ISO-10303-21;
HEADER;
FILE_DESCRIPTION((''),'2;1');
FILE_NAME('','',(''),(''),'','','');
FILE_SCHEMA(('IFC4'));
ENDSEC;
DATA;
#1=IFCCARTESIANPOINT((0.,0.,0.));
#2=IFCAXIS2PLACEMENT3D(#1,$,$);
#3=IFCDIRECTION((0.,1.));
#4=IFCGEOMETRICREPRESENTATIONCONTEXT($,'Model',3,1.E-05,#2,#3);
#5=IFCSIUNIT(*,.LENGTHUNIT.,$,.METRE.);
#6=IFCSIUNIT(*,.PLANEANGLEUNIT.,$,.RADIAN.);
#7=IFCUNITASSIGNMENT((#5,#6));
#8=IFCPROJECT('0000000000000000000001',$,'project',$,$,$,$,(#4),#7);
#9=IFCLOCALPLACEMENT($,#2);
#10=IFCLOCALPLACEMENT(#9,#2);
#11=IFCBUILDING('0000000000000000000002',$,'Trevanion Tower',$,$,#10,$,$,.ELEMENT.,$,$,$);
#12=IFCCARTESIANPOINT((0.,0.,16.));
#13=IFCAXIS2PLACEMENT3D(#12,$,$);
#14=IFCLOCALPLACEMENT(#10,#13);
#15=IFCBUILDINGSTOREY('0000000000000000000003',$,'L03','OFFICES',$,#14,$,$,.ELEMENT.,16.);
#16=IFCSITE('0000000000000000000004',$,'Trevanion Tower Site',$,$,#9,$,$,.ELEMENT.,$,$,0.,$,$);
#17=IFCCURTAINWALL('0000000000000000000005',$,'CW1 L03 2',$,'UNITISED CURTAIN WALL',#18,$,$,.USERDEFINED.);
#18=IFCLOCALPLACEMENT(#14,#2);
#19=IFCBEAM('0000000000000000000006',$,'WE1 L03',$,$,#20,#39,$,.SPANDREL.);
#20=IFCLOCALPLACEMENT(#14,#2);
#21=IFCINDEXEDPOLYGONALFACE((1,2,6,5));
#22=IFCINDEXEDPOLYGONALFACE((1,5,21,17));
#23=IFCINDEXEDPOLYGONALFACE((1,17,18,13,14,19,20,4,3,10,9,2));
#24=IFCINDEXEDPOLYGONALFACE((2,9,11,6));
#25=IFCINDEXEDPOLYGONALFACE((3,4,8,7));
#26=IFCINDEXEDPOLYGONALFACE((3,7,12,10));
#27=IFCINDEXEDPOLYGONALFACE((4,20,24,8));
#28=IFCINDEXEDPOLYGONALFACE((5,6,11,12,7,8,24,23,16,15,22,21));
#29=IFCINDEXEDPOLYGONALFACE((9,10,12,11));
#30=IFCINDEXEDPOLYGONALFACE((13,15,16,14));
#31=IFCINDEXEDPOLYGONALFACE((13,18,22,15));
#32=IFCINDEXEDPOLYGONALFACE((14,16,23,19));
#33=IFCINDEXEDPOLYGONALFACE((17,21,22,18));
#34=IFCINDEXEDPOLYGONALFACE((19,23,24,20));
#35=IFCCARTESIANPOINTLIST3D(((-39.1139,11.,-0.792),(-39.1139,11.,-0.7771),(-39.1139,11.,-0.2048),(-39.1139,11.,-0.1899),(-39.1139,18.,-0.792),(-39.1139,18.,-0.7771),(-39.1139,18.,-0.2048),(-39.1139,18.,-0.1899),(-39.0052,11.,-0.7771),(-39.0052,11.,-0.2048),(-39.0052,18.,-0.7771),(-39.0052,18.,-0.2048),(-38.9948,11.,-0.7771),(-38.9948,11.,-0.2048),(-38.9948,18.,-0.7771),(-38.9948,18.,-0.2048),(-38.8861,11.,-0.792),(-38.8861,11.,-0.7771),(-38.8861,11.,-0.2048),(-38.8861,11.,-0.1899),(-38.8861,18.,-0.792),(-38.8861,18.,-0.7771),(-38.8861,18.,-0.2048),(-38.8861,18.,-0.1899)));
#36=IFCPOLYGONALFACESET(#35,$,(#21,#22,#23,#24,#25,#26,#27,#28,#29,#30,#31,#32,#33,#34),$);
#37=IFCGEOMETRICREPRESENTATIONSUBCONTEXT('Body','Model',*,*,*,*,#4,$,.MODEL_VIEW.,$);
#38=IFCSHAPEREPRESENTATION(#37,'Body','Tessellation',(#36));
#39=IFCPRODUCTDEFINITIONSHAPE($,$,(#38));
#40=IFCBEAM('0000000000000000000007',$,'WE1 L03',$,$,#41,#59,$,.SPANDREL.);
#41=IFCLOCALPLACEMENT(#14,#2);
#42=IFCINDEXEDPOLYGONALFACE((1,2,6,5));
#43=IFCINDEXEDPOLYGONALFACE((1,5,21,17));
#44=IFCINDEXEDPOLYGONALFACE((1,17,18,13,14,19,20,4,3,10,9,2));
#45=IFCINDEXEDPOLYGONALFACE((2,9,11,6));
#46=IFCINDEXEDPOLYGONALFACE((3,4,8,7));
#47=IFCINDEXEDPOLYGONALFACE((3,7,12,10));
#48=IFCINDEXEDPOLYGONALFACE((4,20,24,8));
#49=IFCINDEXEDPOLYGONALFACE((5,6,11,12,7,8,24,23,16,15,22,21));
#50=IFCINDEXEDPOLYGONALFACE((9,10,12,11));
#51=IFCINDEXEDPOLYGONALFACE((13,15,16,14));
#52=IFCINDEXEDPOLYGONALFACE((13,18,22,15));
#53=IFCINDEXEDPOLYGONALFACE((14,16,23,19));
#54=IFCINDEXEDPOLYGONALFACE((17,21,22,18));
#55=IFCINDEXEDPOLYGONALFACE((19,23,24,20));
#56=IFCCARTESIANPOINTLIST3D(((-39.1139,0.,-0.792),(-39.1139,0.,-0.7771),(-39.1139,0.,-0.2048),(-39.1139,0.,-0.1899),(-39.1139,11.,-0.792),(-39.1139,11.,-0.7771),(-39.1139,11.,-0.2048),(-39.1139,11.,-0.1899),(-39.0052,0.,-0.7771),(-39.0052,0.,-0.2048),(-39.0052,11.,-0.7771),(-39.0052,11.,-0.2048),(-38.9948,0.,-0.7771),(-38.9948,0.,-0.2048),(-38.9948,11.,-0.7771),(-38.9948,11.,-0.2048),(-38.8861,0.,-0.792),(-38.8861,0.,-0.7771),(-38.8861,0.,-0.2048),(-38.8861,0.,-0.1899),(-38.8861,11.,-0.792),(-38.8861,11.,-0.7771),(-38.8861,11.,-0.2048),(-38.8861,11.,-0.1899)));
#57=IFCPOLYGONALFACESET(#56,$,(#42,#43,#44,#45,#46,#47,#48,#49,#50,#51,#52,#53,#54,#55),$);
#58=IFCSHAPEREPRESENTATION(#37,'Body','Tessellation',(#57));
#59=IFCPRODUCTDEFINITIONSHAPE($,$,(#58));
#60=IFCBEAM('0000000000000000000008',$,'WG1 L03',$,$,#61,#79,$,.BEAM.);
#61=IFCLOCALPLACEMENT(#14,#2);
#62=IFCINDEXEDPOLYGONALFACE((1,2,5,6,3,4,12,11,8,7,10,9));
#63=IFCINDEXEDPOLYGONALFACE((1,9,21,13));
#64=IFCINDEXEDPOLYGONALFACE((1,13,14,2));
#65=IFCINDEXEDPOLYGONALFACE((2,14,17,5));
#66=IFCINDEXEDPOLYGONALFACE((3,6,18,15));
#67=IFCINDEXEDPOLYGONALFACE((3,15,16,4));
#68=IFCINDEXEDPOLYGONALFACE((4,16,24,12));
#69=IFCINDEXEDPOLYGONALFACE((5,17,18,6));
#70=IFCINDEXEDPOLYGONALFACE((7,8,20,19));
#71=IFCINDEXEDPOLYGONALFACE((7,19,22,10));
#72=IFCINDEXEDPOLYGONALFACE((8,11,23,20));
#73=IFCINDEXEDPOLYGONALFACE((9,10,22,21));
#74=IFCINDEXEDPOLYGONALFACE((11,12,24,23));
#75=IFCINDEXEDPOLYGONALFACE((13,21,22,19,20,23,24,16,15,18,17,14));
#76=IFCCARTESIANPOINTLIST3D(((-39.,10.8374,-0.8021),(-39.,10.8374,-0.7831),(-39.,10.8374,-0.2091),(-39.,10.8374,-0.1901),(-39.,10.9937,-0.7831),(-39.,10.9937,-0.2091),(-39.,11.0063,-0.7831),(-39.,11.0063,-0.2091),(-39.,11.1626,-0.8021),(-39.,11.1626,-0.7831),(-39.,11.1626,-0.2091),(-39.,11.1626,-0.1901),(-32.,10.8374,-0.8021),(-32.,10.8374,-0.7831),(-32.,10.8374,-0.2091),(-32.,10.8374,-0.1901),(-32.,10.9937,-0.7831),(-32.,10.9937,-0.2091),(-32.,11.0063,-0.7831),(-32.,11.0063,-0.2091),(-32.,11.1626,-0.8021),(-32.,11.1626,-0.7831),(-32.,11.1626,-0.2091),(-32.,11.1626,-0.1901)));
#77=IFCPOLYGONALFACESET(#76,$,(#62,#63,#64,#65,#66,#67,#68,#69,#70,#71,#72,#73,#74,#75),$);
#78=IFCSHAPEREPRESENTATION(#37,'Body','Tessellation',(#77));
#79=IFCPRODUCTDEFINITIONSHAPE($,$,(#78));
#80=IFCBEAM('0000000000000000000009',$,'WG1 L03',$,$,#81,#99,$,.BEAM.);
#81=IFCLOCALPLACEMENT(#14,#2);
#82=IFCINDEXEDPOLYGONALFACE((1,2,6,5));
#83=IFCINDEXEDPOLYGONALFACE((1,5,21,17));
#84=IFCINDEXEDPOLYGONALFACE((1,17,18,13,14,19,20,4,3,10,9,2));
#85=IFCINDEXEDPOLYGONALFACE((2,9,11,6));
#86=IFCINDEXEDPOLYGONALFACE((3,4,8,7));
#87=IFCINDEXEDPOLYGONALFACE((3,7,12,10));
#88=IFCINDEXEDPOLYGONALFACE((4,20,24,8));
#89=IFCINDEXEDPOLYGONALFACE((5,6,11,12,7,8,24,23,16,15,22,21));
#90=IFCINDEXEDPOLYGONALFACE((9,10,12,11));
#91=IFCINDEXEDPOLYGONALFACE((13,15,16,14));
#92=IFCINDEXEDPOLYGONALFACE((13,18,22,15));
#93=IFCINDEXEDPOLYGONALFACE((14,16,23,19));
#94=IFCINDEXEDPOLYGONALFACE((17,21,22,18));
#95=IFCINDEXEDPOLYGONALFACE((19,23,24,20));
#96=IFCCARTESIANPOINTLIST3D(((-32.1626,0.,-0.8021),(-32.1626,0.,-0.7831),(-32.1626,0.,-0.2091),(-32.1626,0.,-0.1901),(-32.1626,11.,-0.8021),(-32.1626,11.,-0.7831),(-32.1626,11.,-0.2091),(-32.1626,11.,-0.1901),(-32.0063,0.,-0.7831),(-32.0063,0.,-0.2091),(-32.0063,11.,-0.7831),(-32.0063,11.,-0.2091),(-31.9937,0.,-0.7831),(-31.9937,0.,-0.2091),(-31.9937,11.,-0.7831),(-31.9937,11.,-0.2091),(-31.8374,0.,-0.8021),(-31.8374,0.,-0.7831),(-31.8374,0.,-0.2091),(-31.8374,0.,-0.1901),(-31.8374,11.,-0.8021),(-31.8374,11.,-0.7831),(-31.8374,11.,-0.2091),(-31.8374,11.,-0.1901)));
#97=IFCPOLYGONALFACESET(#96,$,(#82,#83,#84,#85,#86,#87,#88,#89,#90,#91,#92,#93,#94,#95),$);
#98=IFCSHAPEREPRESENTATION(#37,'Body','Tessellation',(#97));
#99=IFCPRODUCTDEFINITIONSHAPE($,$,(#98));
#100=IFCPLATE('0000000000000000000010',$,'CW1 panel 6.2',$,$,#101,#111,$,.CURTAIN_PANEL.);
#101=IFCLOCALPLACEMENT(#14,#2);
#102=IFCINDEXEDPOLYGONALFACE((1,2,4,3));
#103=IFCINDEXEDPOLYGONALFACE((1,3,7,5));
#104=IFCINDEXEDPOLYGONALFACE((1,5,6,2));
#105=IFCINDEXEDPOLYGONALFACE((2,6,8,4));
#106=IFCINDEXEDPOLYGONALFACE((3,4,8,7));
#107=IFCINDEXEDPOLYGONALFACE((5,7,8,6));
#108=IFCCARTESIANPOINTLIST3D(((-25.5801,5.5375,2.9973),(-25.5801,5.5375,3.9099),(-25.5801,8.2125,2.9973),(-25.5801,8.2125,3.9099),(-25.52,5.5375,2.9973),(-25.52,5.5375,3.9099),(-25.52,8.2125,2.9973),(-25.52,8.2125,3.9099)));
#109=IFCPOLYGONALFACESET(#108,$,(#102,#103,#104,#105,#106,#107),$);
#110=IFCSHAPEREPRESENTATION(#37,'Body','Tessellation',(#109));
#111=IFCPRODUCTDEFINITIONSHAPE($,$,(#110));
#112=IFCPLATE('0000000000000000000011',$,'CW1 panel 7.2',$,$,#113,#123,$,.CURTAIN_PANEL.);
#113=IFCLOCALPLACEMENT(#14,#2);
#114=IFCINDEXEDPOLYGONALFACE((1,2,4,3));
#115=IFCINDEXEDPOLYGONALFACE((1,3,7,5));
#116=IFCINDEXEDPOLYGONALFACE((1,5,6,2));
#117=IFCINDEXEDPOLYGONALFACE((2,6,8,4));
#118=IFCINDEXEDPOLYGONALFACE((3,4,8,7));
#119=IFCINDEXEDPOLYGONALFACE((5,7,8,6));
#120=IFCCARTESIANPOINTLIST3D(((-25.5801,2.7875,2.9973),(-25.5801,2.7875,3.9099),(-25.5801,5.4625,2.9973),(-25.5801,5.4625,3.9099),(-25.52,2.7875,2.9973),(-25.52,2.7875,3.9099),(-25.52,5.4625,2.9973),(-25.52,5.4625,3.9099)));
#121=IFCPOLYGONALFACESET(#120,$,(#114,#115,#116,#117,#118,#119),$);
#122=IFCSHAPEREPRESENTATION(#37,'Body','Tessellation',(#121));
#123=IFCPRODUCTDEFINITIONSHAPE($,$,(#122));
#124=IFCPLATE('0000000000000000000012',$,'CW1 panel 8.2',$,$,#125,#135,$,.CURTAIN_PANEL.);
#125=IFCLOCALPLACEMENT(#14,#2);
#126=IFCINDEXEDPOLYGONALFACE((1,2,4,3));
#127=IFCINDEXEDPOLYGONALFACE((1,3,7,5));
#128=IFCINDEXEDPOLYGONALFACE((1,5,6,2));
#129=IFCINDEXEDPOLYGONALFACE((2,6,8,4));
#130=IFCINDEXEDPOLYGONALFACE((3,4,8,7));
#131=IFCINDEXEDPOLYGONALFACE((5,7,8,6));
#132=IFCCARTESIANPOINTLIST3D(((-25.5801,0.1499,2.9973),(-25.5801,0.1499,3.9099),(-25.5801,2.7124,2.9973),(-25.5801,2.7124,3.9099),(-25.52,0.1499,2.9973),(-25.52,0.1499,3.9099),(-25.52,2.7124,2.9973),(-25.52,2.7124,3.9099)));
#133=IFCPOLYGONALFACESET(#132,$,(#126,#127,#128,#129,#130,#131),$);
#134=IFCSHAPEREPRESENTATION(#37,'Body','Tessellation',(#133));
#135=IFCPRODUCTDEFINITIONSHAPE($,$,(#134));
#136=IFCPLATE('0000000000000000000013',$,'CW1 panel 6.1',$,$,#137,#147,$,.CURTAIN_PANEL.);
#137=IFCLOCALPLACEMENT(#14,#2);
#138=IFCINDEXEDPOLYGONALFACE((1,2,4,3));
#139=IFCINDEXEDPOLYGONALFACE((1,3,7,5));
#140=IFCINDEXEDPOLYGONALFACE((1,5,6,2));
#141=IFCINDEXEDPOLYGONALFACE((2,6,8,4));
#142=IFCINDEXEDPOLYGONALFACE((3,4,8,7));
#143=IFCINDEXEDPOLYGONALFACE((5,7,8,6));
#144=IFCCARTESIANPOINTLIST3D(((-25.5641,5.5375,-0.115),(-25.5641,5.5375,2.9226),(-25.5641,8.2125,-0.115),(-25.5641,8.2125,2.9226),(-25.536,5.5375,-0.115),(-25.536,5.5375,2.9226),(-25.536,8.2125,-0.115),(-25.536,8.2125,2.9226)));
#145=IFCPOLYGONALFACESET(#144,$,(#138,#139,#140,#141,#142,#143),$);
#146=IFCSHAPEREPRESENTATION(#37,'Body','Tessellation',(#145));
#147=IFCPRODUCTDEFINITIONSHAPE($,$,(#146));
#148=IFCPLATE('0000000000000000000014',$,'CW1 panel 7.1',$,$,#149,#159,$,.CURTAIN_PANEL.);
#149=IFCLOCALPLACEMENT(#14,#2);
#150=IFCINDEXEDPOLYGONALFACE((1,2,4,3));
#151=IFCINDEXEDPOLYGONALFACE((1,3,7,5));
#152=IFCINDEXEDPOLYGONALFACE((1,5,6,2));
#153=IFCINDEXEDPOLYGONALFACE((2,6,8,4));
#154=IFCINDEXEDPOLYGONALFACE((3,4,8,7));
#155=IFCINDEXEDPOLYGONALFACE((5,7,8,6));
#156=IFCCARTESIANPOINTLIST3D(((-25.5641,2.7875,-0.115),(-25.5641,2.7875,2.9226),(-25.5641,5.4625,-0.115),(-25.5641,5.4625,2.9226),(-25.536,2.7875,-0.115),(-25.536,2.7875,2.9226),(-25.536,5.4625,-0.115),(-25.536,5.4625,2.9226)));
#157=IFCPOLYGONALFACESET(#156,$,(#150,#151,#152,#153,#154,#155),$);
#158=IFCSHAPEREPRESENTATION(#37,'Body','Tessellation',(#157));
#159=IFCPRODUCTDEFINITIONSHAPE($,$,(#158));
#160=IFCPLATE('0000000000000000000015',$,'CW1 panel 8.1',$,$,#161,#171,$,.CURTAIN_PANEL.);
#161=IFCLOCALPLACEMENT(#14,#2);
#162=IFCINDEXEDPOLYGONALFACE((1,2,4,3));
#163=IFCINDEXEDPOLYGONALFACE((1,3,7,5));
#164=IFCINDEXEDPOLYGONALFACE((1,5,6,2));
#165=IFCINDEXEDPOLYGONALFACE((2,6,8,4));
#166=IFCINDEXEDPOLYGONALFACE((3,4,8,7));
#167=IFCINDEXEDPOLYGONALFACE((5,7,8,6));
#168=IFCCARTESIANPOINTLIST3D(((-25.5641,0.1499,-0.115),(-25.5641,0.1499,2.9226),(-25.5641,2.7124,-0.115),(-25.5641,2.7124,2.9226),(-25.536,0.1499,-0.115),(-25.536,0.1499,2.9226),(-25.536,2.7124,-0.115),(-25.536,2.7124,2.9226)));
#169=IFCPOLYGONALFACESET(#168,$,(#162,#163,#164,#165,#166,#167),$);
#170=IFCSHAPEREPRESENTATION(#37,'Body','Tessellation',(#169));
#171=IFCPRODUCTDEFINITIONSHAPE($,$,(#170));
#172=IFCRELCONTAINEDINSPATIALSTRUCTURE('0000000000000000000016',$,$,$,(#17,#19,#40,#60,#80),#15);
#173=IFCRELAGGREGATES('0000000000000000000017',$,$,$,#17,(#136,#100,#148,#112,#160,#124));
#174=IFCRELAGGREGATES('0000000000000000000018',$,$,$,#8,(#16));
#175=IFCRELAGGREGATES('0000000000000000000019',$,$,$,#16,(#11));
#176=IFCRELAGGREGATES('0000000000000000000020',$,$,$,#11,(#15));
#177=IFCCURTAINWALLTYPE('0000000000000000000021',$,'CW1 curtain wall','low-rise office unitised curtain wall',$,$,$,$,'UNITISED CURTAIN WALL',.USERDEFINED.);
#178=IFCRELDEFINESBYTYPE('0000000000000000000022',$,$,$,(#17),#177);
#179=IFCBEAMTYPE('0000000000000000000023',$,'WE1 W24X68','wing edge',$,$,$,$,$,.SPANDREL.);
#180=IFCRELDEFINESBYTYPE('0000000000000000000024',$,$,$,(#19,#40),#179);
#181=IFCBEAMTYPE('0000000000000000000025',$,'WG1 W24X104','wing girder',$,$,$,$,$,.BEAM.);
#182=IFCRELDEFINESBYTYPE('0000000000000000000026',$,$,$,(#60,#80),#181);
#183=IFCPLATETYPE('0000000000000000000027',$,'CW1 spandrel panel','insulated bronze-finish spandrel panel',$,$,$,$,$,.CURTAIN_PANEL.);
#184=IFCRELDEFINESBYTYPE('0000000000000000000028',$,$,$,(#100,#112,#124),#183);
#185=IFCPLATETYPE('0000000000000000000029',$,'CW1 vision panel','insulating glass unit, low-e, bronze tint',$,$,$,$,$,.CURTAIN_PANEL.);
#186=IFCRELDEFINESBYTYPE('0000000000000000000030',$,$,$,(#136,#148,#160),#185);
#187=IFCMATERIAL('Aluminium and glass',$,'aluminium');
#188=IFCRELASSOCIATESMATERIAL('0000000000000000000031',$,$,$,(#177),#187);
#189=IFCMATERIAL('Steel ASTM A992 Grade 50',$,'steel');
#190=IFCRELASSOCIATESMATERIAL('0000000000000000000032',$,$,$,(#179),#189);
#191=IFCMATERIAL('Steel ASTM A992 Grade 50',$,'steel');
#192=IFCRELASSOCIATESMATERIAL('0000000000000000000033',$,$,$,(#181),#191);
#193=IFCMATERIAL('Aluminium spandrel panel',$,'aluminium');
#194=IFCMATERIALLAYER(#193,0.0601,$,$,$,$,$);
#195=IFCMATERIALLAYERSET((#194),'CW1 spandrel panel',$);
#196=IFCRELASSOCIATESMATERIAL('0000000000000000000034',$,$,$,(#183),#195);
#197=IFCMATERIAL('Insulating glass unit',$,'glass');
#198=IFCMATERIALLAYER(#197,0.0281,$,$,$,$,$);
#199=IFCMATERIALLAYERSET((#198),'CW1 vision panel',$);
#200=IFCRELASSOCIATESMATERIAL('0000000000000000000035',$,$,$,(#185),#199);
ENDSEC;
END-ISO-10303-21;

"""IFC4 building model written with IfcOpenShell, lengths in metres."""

from ifc_helpers import new_model, si_unit, direction, frame, origin, origin_2d, place, context, subcontext, project, spatial, rectangle, i_section, extrude, material, layer, layer_set, material_profile, profile_set, type_object, element, aggregate, save


model = new_model("IFC4")

# Units and contexts
model_context = context("Model", 3, precision=1e-05, world=origin(), true_north=direction((0.0, 1.0)))
body_context = subcontext(model_context, "Body", "Model", "MODEL_VIEW")
ifc_project = project(units=[si_unit("LENGTHUNIT", "METRE"), si_unit("PLANEANGLEUNIT", "RADIAN")], contexts=[model_context])

# Site, building, storey
site_placement = place(None, origin())
site = spatial("IfcSite", under=ifc_project, at=site_placement, Name="Trevanion Tower Site", CompositionType="ELEMENT", RefElevation=0.0)
building_placement = place(site_placement, origin())
building = spatial("IfcBuilding", under=site, at=building_placement, Name="Trevanion Tower", CompositionType="ELEMENT")
storey_placement = place(building_placement, frame((0.0, 0.0, 16.0)))
storey = spatial("IfcBuildingStorey", under=building, at=storey_placement, Name="L03", Description="OFFICES", CompositionType="ELEMENT", Elevation=16.0)

# Curtain wall
ifc_material_1 = material(Name="Aluminium and glass", Category="aluminium")
curtain_wall_type = type_object("IfcCurtainWallType", Name="CW1 curtain wall", Description="low-rise office unitised curtain wall", ElementType="UNITISED CURTAIN WALL", PredefinedType="USERDEFINED", material=ifc_material_1)
curtain_wall_placement = place(storey_placement, origin())
curtain_wall = element("IfcCurtainWall", 1, at=curtain_wall_placement, inside=storey, type_object=curtain_wall_type, Name="CW1 L03 2", ObjectType="UNITISED CURTAIN WALL", PredefinedType="USERDEFINED")

# Beams
ifc_material_2 = material(Name="Steel ASTM A992 Grade 50", Category="steel")
ifc_material_profile_1 = material_profile(ifc_material_2, i_section(OverallWidth=0.2278, OverallDepth=0.6021, WebThickness=0.0105, FlangeThickness=0.0149, at=origin_2d()), Name="W24X68")
ifc_profile_set_1 = profile_set([ifc_material_profile_1], Name="Steel ASTM A992 Grade 50")
beam_type_1 = type_object("IfcBeamType", Name="WE1 W24X68", Description="wing edge", PredefinedType="SPANDREL", material=ifc_profile_set_1)
beam_1_placement = place(storey_placement, frame((-39.0, 18.0, -0.491), z_axis=(0.0, -1.0, 0.0), x_axis=(1.0, 0.0, 0.0)))
element("IfcBeam", 2, at=beam_1_placement, inside=storey, type_object=beam_type_1, Name="WE1 L03", PredefinedType="SPANDREL", context=body_context, shape_type="SweptSolid", body=[
    extrude(i_section(OverallWidth=0.2278, OverallDepth=0.6021, WebThickness=0.0105, FlangeThickness=0.0149, at=origin_2d()), origin(), (0.0, 0.0, 1.0), 7.0),
])
beam_2_placement = place(storey_placement, frame((-39.0, 11.0, -0.491), z_axis=(0.0, -1.0, 0.0), x_axis=(1.0, 0.0, 0.0)))
element("IfcBeam", 3, at=beam_2_placement, inside=storey, type_object=beam_type_1, Name="WE1 L03", PredefinedType="SPANDREL", context=body_context, shape_type="SweptSolid", body=[
    extrude(i_section(OverallWidth=0.2278, OverallDepth=0.6021, WebThickness=0.0105, FlangeThickness=0.0149, at=origin_2d()), origin(), (0.0, 0.0, 1.0), 11.0),
])
ifc_material_3 = material(Name="Steel ASTM A992 Grade 50", Category="steel")
ifc_material_profile_2 = material_profile(ifc_material_3, i_section(OverallWidth=0.3252, OverallDepth=0.6121, WebThickness=0.0127, FlangeThickness=0.019, at=origin_2d()), Name="W24X104")
ifc_profile_set_2 = profile_set([ifc_material_profile_2], Name="Steel ASTM A992 Grade 50")
beam_type_2 = type_object("IfcBeamType", Name="WG1 W24X104", Description="wing girder", PredefinedType="BEAM", material=ifc_profile_set_2)
beam_3_placement = place(storey_placement, frame((-32.0, 11.0, -0.4961), z_axis=(-1.0, 0.0, 0.0), x_axis=(0.0, -1.0, 0.0)))
element("IfcBeam", 4, at=beam_3_placement, inside=storey, type_object=beam_type_2, Name="WG1 L03", PredefinedType="BEAM", context=body_context, shape_type="SweptSolid", body=[
    extrude(i_section(OverallWidth=0.3252, OverallDepth=0.6121, WebThickness=0.0127, FlangeThickness=0.019, at=origin_2d()), origin(), (0.0, 0.0, 1.0), 7.0),
])
beam_4_placement = place(storey_placement, frame((-32.0, 11.0, -0.4961), z_axis=(0.0, -1.0, 0.0), x_axis=(1.0, 0.0, 0.0)))
element("IfcBeam", 5, at=beam_4_placement, inside=storey, type_object=beam_type_2, Name="WG1 L03", PredefinedType="BEAM", context=body_context, shape_type="SweptSolid", body=[
    extrude(i_section(OverallWidth=0.3252, OverallDepth=0.6121, WebThickness=0.0127, FlangeThickness=0.019, at=origin_2d()), origin(), (0.0, 0.0, 1.0), 11.0),
])

# Plates
ifc_material_4 = material(Name="Aluminium spandrel panel", Category="aluminium")
ifc_layer_1 = layer(ifc_material_4, 0.0601)
ifc_layer_set_1 = layer_set([ifc_layer_1], Name="CW1 spandrel panel")
plate_type_1 = type_object("IfcPlateType", Name="CW1 spandrel panel", Description="insulated bronze-finish spandrel panel", PredefinedType="CURTAIN_PANEL", material=ifc_layer_set_1)
plate_1_placement = place(storey_placement, frame((-25.55, 6.875, 2.9973), z_axis=(0.0, 0.0, 1.0), x_axis=(0.0, -1.0, 0.0)))
plate_1 = element("IfcPlate", 6, at=plate_1_placement, type_object=plate_type_1, Name="CW1 panel 6.2", PredefinedType="CURTAIN_PANEL", context=body_context, shape_type="SweptSolid", body=[
    extrude(rectangle(XDim=2.675, YDim=0.0601, at=origin_2d()), origin(), (0.0, 0.0, 1.0), 0.9126),
])
plate_2_placement = place(storey_placement, frame((-25.55, 4.125, 2.9973), z_axis=(0.0, 0.0, 1.0), x_axis=(0.0, -1.0, 0.0)))
plate_2 = element("IfcPlate", 7, at=plate_2_placement, type_object=plate_type_1, Name="CW1 panel 7.2", PredefinedType="CURTAIN_PANEL", context=body_context, shape_type="SweptSolid", body=[
    extrude(rectangle(XDim=2.675, YDim=0.0601, at=origin_2d()), origin(), (0.0, 0.0, 1.0), 0.9126),
])
plate_3_placement = place(storey_placement, frame((-25.55, 1.4312, 2.9973), z_axis=(0.0, 0.0, 1.0), x_axis=(0.0, -1.0, 0.0)))
plate_3 = element("IfcPlate", 8, at=plate_3_placement, type_object=plate_type_1, Name="CW1 panel 8.2", PredefinedType="CURTAIN_PANEL", context=body_context, shape_type="SweptSolid", body=[
    extrude(rectangle(XDim=2.5625, YDim=0.0601, at=origin_2d()), origin(), (0.0, 0.0, 1.0), 0.9126),
])
ifc_material_5 = material(Name="Insulating glass unit", Category="glass")
ifc_layer_2 = layer(ifc_material_5, 0.0281)
ifc_layer_set_2 = layer_set([ifc_layer_2], Name="CW1 vision panel")
plate_type_2 = type_object("IfcPlateType", Name="CW1 vision panel", Description="insulating glass unit, low-e, bronze tint", PredefinedType="CURTAIN_PANEL", material=ifc_layer_set_2)
plate_4_placement = place(storey_placement, frame((-25.55, 6.875, -0.115), z_axis=(0.0, 0.0, 1.0), x_axis=(0.0, -1.0, 0.0)))
plate_4 = element("IfcPlate", 9, at=plate_4_placement, type_object=plate_type_2, Name="CW1 panel 6.1", PredefinedType="CURTAIN_PANEL", context=body_context, shape_type="SweptSolid", body=[
    extrude(rectangle(XDim=2.675, YDim=0.0281, at=origin_2d()), origin(), (0.0, 0.0, 1.0), 3.0376),
])
plate_5_placement = place(storey_placement, frame((-25.55, 4.125, -0.115), z_axis=(0.0, 0.0, 1.0), x_axis=(0.0, -1.0, 0.0)))
plate_5 = element("IfcPlate", 10, at=plate_5_placement, type_object=plate_type_2, Name="CW1 panel 7.1", PredefinedType="CURTAIN_PANEL", context=body_context, shape_type="SweptSolid", body=[
    extrude(rectangle(XDim=2.675, YDim=0.0281, at=origin_2d()), origin(), (0.0, 0.0, 1.0), 3.0376),
])
plate_6_placement = place(storey_placement, frame((-25.55, 1.4312, -0.115), z_axis=(0.0, 0.0, 1.0), x_axis=(0.0, -1.0, 0.0)))
plate_6 = element("IfcPlate", 11, at=plate_6_placement, type_object=plate_type_2, Name="CW1 panel 8.1", PredefinedType="CURTAIN_PANEL", context=body_context, shape_type="SweptSolid", body=[
    extrude(rectangle(XDim=2.5625, YDim=0.0281, at=origin_2d()), origin(), (0.0, 0.0, 1.0), 3.0376),
])
aggregate(curtain_wall, [plate_4, plate_1, plate_5, plate_2, plate_6, plate_3])

save(model, "model.ifc")
